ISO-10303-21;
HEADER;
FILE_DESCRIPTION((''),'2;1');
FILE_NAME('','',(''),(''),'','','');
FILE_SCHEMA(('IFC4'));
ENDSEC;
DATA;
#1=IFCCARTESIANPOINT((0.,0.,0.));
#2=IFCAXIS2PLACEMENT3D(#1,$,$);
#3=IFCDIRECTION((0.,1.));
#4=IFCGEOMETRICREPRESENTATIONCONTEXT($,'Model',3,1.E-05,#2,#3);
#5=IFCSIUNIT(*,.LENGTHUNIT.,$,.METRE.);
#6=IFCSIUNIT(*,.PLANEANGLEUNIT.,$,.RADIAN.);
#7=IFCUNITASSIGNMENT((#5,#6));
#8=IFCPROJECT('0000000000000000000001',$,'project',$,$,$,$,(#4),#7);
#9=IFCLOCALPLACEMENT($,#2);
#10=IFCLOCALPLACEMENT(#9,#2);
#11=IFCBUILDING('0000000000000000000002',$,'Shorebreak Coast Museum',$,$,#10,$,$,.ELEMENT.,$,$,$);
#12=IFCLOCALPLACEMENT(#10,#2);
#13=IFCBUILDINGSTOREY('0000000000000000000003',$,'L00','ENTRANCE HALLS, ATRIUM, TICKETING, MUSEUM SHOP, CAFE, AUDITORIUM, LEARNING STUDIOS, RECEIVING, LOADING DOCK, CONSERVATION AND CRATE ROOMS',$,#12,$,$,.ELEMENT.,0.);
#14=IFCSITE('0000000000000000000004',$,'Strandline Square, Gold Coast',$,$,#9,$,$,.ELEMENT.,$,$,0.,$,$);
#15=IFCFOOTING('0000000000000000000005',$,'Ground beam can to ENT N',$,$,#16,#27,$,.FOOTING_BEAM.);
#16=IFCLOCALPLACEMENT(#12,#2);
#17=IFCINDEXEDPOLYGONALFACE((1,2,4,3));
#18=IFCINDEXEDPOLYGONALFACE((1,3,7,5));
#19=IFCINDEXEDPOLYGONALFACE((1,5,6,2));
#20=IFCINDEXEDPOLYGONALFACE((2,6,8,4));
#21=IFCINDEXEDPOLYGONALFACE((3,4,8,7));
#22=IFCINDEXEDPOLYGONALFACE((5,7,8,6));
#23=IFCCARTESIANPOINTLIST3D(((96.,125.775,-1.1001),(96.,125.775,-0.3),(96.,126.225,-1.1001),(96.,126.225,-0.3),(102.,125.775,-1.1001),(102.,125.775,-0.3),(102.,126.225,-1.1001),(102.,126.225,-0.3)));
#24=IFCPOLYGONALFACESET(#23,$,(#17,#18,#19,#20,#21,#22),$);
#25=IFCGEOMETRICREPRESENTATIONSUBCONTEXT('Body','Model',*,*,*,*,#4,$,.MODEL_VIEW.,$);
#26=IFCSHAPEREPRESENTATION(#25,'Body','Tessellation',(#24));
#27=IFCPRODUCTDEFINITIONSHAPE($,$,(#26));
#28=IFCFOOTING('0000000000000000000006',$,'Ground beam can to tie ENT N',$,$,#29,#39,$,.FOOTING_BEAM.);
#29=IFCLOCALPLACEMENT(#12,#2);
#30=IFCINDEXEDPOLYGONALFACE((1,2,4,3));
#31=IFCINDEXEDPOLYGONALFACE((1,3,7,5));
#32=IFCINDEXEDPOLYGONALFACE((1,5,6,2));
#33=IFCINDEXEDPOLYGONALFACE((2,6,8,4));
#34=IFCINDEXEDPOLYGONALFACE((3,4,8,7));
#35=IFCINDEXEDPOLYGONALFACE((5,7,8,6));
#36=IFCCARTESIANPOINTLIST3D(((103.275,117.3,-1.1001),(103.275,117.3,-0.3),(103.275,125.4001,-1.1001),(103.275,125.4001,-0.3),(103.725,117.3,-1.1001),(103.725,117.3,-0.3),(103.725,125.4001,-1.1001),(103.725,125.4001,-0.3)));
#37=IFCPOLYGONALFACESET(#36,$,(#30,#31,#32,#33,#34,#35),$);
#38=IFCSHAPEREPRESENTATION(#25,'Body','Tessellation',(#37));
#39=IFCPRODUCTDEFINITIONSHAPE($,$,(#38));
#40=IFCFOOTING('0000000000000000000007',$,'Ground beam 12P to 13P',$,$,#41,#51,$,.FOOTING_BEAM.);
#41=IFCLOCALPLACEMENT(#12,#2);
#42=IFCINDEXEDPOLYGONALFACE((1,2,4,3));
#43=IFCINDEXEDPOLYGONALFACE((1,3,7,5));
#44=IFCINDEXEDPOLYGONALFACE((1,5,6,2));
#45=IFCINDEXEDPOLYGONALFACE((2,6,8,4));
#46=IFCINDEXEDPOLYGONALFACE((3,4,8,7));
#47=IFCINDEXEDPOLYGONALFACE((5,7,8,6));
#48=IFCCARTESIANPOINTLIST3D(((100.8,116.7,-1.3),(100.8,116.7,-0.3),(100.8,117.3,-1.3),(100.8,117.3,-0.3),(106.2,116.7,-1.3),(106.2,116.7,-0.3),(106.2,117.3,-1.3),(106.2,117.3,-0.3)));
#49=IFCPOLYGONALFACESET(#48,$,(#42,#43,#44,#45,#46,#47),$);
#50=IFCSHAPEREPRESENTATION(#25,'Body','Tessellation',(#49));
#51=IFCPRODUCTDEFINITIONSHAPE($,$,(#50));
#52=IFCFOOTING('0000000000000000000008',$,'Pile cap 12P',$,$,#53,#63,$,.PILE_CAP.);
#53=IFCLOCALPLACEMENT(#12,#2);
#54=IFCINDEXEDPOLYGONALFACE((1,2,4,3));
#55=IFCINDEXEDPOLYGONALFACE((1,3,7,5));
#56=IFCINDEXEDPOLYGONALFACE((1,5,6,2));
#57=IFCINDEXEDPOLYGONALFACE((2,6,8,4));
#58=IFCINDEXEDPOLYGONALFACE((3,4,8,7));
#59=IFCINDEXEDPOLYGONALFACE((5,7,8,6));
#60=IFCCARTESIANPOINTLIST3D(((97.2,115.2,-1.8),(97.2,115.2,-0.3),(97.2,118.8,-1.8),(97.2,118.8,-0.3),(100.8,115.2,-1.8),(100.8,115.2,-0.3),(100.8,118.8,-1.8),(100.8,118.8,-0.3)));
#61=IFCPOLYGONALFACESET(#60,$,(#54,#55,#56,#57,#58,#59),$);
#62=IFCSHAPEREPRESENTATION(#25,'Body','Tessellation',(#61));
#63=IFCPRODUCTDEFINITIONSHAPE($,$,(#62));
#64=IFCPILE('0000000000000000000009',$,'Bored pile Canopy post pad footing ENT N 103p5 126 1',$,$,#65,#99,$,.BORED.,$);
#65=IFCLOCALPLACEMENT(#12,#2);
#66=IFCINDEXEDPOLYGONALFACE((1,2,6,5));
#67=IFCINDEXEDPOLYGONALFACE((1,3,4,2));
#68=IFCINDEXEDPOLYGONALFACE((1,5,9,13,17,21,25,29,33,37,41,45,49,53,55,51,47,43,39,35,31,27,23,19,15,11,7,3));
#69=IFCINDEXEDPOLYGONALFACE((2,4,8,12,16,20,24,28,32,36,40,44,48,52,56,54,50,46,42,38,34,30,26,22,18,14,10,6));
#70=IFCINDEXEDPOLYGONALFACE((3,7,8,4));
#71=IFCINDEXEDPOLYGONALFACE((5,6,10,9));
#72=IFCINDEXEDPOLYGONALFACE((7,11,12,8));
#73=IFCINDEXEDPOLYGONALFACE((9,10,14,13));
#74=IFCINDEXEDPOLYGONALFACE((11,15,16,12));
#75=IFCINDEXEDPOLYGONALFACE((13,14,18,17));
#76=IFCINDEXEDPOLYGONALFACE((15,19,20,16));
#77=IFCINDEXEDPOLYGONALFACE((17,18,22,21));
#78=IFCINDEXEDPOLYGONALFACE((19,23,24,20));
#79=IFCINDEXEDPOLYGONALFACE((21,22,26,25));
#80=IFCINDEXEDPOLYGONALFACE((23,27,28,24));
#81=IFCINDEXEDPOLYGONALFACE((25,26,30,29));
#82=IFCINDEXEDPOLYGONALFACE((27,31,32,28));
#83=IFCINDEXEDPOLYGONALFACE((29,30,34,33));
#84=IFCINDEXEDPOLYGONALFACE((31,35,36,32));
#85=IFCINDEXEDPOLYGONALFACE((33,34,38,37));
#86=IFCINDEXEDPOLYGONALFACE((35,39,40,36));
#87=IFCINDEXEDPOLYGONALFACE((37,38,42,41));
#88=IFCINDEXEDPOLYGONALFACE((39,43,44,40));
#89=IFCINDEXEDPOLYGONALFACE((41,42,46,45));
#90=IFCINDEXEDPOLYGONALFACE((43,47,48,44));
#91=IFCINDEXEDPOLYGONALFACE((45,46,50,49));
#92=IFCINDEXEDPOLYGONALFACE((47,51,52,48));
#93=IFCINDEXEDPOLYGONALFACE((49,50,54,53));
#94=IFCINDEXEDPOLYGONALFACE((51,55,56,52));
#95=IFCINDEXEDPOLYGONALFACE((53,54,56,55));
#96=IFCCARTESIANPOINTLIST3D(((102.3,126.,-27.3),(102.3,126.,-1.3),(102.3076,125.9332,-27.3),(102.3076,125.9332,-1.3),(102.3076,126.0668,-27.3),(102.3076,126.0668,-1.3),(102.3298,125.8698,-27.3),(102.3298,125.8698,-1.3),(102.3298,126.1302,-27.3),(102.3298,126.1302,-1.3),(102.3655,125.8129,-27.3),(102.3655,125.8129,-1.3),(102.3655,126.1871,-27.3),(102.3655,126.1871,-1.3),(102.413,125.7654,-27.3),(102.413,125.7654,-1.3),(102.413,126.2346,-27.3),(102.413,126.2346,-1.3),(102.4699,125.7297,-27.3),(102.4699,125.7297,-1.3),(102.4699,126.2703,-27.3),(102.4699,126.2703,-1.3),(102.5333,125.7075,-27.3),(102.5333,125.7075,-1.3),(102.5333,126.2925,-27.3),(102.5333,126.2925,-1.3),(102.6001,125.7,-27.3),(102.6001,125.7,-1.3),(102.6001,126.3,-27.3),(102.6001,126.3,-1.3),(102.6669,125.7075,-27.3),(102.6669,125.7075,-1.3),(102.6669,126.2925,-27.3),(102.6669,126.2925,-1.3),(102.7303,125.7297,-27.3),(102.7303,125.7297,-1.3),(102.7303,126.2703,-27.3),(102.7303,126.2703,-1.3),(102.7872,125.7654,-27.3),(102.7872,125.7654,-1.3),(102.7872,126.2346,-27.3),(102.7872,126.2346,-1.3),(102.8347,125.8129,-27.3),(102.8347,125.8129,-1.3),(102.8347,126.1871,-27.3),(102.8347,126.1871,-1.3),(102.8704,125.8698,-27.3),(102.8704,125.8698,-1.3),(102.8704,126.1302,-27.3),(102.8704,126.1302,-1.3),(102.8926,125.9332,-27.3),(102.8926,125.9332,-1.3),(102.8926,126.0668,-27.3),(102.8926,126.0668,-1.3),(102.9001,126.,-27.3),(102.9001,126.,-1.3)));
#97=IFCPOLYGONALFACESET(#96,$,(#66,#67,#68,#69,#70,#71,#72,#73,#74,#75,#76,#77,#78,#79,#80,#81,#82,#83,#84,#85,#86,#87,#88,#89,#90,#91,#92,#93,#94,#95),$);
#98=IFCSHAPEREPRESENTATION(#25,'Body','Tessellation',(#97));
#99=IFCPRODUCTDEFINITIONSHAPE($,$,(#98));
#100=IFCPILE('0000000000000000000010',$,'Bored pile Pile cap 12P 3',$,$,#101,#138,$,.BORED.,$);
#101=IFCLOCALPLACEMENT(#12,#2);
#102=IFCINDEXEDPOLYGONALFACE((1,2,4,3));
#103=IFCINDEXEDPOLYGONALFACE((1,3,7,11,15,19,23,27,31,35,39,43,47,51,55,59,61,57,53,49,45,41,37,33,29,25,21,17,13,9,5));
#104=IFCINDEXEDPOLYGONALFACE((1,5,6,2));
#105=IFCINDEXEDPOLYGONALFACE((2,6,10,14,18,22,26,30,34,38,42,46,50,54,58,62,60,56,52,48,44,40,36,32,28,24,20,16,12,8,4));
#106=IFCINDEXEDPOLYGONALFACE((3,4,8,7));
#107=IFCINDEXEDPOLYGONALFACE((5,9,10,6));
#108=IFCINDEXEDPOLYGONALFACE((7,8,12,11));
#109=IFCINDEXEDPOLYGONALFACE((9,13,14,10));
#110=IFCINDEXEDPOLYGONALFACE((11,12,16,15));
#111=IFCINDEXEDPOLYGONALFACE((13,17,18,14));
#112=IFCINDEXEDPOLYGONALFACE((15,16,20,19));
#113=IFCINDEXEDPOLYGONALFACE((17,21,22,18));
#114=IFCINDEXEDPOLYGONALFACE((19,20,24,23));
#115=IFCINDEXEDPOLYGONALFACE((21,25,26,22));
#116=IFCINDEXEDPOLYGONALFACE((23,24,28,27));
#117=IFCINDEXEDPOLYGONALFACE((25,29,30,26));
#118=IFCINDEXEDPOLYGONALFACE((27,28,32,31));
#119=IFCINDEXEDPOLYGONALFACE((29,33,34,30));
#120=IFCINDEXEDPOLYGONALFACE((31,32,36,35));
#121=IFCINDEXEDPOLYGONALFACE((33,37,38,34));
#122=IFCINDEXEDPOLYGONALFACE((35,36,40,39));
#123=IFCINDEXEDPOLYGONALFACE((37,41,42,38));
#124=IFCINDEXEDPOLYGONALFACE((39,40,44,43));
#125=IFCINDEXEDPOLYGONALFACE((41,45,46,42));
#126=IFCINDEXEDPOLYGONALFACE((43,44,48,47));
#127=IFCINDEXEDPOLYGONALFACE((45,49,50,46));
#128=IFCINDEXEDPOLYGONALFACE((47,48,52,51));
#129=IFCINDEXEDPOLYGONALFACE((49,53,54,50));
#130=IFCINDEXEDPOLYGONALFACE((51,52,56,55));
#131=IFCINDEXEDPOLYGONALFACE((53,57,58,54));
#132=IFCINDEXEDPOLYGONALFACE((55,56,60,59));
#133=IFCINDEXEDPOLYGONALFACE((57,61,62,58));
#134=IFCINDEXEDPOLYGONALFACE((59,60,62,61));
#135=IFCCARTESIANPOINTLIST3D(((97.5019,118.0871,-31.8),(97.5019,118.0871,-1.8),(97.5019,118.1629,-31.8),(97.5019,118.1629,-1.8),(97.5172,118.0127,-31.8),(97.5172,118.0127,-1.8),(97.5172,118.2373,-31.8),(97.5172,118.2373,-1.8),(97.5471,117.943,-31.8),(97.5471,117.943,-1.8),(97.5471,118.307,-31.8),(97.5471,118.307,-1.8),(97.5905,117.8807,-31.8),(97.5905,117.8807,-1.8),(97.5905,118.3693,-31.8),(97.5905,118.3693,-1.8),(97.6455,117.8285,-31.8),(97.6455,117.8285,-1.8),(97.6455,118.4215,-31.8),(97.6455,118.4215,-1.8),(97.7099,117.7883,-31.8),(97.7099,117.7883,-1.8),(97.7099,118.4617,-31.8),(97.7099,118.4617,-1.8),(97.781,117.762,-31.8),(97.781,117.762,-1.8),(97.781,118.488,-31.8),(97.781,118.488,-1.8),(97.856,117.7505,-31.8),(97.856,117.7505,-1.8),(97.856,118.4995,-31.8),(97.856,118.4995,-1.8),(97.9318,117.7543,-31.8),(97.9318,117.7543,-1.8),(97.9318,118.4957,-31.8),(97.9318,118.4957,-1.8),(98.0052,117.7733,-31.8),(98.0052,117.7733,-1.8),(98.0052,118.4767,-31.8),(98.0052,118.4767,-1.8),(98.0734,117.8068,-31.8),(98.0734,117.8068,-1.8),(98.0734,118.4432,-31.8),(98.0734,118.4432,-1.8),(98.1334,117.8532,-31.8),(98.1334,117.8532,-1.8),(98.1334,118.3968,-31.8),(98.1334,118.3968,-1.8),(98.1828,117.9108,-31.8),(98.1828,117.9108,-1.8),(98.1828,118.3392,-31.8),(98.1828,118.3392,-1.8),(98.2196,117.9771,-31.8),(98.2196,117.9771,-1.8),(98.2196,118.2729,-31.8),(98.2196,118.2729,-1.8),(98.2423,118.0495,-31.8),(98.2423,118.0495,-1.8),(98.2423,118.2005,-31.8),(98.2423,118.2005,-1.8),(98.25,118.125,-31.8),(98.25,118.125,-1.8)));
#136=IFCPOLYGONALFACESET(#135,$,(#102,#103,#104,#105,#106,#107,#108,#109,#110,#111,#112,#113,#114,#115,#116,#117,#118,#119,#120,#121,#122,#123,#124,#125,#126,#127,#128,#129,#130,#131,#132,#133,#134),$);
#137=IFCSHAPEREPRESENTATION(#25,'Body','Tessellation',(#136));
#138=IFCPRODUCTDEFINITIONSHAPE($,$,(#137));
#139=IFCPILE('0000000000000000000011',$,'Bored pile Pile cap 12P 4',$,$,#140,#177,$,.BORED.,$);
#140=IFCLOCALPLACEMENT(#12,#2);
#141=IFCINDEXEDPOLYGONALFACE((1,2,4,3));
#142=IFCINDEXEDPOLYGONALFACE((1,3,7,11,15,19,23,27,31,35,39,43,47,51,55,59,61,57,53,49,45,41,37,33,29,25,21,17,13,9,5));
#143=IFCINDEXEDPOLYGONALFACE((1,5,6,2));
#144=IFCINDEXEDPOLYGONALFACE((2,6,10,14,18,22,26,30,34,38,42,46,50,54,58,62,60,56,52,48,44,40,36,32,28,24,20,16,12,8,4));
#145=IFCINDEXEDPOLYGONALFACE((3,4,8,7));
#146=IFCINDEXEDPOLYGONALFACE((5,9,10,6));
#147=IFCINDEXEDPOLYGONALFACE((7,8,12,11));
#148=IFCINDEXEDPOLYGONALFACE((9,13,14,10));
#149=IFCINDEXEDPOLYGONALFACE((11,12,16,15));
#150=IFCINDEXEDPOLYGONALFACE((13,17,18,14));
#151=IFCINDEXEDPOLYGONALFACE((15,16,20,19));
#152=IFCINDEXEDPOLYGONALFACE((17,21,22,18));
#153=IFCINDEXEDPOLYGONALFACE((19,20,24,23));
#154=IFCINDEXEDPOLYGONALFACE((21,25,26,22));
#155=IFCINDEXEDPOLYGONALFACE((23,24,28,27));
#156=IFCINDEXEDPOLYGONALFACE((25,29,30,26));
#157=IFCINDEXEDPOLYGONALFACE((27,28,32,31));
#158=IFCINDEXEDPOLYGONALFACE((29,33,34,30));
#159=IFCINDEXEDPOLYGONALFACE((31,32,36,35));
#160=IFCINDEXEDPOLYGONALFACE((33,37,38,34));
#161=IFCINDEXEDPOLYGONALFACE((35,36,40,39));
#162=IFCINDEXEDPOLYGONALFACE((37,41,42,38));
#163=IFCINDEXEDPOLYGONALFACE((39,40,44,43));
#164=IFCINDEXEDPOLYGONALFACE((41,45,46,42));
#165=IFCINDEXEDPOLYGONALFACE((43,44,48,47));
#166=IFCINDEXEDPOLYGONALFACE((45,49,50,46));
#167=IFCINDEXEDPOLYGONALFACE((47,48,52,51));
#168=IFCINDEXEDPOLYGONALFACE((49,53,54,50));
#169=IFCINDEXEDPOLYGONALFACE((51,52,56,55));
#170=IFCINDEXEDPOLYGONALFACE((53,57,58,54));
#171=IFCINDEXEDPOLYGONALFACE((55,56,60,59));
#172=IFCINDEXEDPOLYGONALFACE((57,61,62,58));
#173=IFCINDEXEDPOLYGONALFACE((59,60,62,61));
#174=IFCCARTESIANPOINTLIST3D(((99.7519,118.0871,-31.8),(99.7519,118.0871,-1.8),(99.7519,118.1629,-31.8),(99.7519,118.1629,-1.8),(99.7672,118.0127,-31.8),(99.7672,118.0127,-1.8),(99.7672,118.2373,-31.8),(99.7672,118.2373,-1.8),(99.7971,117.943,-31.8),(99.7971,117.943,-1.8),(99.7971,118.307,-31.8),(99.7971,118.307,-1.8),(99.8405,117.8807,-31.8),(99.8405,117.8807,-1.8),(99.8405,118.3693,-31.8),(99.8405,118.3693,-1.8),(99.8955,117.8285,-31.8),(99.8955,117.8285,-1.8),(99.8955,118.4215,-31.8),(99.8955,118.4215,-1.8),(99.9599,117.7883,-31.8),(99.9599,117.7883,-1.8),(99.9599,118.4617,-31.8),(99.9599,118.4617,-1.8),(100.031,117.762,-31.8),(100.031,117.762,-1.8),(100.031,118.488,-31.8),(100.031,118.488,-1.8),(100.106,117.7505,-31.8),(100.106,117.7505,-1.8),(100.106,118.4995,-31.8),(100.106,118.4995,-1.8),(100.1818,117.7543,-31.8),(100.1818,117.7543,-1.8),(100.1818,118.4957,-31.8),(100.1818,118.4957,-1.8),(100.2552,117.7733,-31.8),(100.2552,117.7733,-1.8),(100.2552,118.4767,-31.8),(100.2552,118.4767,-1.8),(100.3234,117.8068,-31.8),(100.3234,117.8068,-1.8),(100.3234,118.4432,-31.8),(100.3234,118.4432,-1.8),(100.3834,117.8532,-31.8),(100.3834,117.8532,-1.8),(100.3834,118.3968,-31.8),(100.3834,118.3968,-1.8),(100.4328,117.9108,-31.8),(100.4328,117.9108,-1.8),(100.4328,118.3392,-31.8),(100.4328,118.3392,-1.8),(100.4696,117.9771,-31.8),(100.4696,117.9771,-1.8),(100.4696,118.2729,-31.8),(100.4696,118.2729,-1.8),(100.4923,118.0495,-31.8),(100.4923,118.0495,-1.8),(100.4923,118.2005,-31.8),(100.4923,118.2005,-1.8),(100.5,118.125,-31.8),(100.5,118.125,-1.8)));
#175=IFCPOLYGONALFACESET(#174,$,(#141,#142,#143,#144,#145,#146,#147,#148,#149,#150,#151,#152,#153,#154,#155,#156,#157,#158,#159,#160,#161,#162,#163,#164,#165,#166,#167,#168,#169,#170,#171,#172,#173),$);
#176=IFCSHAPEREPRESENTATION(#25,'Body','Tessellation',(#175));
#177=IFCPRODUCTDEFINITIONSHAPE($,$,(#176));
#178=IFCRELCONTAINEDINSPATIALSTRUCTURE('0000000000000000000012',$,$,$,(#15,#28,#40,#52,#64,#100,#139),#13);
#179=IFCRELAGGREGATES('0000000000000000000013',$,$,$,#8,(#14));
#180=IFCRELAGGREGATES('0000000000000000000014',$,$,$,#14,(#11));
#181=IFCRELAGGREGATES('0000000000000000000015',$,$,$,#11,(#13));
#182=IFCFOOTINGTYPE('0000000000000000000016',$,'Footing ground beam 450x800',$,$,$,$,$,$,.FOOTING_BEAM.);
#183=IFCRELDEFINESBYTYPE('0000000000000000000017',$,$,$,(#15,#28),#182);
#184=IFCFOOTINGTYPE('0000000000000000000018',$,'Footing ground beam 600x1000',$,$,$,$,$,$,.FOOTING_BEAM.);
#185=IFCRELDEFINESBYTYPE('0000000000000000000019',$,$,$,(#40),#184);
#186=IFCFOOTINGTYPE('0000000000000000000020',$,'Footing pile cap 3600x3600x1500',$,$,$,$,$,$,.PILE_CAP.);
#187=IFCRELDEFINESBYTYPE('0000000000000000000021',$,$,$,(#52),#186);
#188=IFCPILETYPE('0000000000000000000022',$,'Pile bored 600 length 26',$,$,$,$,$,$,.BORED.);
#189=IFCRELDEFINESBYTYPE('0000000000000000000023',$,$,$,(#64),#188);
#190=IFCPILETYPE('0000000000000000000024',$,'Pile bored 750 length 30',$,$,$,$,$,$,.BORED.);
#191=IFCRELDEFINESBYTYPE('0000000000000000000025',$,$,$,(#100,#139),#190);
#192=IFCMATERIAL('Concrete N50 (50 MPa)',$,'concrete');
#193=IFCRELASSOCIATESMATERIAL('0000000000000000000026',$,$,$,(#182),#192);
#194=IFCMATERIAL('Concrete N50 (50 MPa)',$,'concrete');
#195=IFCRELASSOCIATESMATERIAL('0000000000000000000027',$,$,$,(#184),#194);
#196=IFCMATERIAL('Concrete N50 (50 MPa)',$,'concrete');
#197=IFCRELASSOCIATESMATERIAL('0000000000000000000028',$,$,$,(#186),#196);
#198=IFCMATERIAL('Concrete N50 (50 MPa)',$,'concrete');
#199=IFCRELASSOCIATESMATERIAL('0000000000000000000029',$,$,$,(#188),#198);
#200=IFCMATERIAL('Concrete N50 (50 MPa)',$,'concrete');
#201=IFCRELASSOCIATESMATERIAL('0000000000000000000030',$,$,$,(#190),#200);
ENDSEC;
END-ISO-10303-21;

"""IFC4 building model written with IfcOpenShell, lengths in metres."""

from ifc_helpers import new_model, si_unit, direction, frame, origin, origin_2d, place, context, subcontext, project, spatial, rectangle, circle, extrude, material, material_profile, profile_set, type_object, element, save


model = new_model("IFC4")

# Units and contexts
model_context = context("Model", 3, precision=1e-05, world=origin(), true_north=direction((0.0, 1.0)))
body_context = subcontext(model_context, "Body", "Model", "MODEL_VIEW")
ifc_project = project(units=[si_unit("LENGTHUNIT", "METRE"), si_unit("PLANEANGLEUNIT", "RADIAN")], contexts=[model_context])

# Site, building, storey
site_placement = place(None, origin())
site = spatial("IfcSite", under=ifc_project, at=site_placement, Name="Strandline Square, Gold Coast", CompositionType="ELEMENT", RefElevation=0.0)
building_placement = place(site_placement, origin())
building = spatial("IfcBuilding", under=site, at=building_placement, Name="Shorebreak Coast Museum", CompositionType="ELEMENT")
storey_placement = place(building_placement, origin())
storey = spatial("IfcBuildingStorey", under=building, at=storey_placement, Name="L00", Description="ENTRANCE HALLS, ATRIUM, TICKETING, MUSEUM SHOP, CAFE, AUDITORIUM, LEARNING STUDIOS, RECEIVING, LOADING DOCK, CONSERVATION AND CRATE ROOMS", CompositionType="ELEMENT", Elevation=0.0)

# Footings
ifc_material_1 = material(Name="Concrete N50 (50 MPa)", Category="concrete")
footing_type_1 = type_object("IfcFootingType", Name="Footing ground beam 450x800", PredefinedType="FOOTING_BEAM", material=ifc_material_1)
footing_1_placement = place(storey_placement, frame((99.0, 126.0, -1.1001), z_axis=(0.0, 0.0, 1.0), x_axis=(1.0, 0.0, 0.0)))
element("IfcFooting", 1, at=footing_1_placement, inside=storey, type_object=footing_type_1, Name="Ground beam can to ENT N", PredefinedType="FOOTING_BEAM", context=body_context, shape_type="SweptSolid", body=[
    extrude(rectangle(XDim=6.0, YDim=0.45, at=origin_2d()), origin(), (0.0, 0.0, 1.0), 0.8),
])
footing_2_placement = place(storey_placement, frame((103.5, 121.3501, -1.1001), z_axis=(0.0, 0.0, 1.0), x_axis=(1.0, 0.0, 0.0)))
element("IfcFooting", 2, at=footing_2_placement, inside=storey, type_object=footing_type_1, Name="Ground beam can to tie ENT N", PredefinedType="FOOTING_BEAM", context=body_context, shape_type="SweptSolid", body=[
    extrude(rectangle(XDim=0.45, YDim=8.1001, at=origin_2d()), origin(), (0.0, 0.0, 1.0), 0.8),
])
ifc_material_2 = material(Name="Concrete N50 (50 MPa)", Category="concrete")
footing_type_2 = type_object("IfcFootingType", Name="Footing ground beam 600x1000", PredefinedType="FOOTING_BEAM", material=ifc_material_2)
footing_3_placement = place(storey_placement, frame((103.5, 117.0, -1.3), z_axis=(0.0, 0.0, 1.0), x_axis=(1.0, 0.0, 0.0)))
element("IfcFooting", 3, at=footing_3_placement, inside=storey, type_object=footing_type_2, Name="Ground beam 12P to 13P", PredefinedType="FOOTING_BEAM", context=body_context, shape_type="SweptSolid", body=[
    extrude(rectangle(XDim=5.3999, YDim=0.6001, at=origin_2d()), origin(), (0.0, 0.0, 1.0), 1.0),
])
ifc_material_3 = material(Name="Concrete N50 (50 MPa)", Category="concrete")
footing_type_3 = type_object("IfcFootingType", Name="Footing pile cap 3600x3600x1500", PredefinedType="PILE_CAP", material=ifc_material_3)
footing_4_placement = place(storey_placement, frame((99.0, 117.0, -1.8), z_axis=(0.0, 0.0, 1.0), x_axis=(1.0, 0.0, 0.0)))
element("IfcFooting", 4, at=footing_4_placement, inside=storey, type_object=footing_type_3, Name="Pile cap 12P", PredefinedType="PILE_CAP", context=body_context, shape_type="SweptSolid", body=[
    extrude(rectangle(XDim=3.6001, YDim=3.6001, at=origin_2d()), origin(), (0.0, 0.0, 1.0), 1.5),
])

# Piles
ifc_material_4 = material(Name="Concrete N50 (50 MPa)", Category="concrete")
ifc_material_profile_1 = material_profile(ifc_material_4, circle(Radius=0.3, at=origin_2d()), Name="Pile bored 600 length 26")
ifc_profile_set_1 = profile_set([ifc_material_profile_1], Name="Concrete N50 (50 MPa)")
pile_type_1 = type_object("IfcPileType", Name="Pile bored 600 length 26", PredefinedType="BORED", material=ifc_profile_set_1)
pile_placement = place(storey_placement, frame((102.6001, 126.0, -1.3), z_axis=(0.0, 0.0, -1.0), x_axis=(1.0, 0.0, 0.0)))
element("IfcPile", 5, at=pile_placement, inside=storey, type_object=pile_type_1, Name="Bored pile Canopy post pad footing ENT N 103p5 126 1", PredefinedType="BORED", context=body_context, shape_type="SweptSolid", body=[
    extrude(circle(Radius=0.3, at=origin_2d()), origin(), (0.0, 0.0, 1.0), 26.0),
])
ifc_material_5 = material(Name="Concrete N50 (50 MPa)", Category="concrete")
ifc_material_profile_2 = material_profile(ifc_material_5, circle(Radius=0.375, at=origin_2d()), Name="Pile bored 750 length 30")
ifc_profile_set_2 = profile_set([ifc_material_profile_2], Name="Concrete N50 (50 MPa)")
pile_type_2 = type_object("IfcPileType", Name="Pile bored 750 length 30", PredefinedType="BORED", material=ifc_profile_set_2)
for number, where, z_axis, x_axis, name in (
    (6, (97.875, 118.125, -1.8), (0.0, 0.0, -1.0), (1.0, 0.0, 0.0), "Bored pile Pile cap 12P 3"),
    (7, (100.125, 118.125, -1.8), (0.0, 0.0, -1.0), (1.0, 0.0, 0.0), "Bored pile Pile cap 12P 4"),
):
    element("IfcPile", number, at=place(storey_placement, frame(where, z_axis=z_axis, x_axis=x_axis)), inside=storey, type_object=pile_type_2, Name=name, PredefinedType="BORED", context=body_context, shape_type="SweptSolid", body=[
        extrude(circle(Radius=0.375, at=origin_2d()), origin(), (0.0, 0.0, 1.0), 30.0),
    ])

save(model, "model.ifc")
